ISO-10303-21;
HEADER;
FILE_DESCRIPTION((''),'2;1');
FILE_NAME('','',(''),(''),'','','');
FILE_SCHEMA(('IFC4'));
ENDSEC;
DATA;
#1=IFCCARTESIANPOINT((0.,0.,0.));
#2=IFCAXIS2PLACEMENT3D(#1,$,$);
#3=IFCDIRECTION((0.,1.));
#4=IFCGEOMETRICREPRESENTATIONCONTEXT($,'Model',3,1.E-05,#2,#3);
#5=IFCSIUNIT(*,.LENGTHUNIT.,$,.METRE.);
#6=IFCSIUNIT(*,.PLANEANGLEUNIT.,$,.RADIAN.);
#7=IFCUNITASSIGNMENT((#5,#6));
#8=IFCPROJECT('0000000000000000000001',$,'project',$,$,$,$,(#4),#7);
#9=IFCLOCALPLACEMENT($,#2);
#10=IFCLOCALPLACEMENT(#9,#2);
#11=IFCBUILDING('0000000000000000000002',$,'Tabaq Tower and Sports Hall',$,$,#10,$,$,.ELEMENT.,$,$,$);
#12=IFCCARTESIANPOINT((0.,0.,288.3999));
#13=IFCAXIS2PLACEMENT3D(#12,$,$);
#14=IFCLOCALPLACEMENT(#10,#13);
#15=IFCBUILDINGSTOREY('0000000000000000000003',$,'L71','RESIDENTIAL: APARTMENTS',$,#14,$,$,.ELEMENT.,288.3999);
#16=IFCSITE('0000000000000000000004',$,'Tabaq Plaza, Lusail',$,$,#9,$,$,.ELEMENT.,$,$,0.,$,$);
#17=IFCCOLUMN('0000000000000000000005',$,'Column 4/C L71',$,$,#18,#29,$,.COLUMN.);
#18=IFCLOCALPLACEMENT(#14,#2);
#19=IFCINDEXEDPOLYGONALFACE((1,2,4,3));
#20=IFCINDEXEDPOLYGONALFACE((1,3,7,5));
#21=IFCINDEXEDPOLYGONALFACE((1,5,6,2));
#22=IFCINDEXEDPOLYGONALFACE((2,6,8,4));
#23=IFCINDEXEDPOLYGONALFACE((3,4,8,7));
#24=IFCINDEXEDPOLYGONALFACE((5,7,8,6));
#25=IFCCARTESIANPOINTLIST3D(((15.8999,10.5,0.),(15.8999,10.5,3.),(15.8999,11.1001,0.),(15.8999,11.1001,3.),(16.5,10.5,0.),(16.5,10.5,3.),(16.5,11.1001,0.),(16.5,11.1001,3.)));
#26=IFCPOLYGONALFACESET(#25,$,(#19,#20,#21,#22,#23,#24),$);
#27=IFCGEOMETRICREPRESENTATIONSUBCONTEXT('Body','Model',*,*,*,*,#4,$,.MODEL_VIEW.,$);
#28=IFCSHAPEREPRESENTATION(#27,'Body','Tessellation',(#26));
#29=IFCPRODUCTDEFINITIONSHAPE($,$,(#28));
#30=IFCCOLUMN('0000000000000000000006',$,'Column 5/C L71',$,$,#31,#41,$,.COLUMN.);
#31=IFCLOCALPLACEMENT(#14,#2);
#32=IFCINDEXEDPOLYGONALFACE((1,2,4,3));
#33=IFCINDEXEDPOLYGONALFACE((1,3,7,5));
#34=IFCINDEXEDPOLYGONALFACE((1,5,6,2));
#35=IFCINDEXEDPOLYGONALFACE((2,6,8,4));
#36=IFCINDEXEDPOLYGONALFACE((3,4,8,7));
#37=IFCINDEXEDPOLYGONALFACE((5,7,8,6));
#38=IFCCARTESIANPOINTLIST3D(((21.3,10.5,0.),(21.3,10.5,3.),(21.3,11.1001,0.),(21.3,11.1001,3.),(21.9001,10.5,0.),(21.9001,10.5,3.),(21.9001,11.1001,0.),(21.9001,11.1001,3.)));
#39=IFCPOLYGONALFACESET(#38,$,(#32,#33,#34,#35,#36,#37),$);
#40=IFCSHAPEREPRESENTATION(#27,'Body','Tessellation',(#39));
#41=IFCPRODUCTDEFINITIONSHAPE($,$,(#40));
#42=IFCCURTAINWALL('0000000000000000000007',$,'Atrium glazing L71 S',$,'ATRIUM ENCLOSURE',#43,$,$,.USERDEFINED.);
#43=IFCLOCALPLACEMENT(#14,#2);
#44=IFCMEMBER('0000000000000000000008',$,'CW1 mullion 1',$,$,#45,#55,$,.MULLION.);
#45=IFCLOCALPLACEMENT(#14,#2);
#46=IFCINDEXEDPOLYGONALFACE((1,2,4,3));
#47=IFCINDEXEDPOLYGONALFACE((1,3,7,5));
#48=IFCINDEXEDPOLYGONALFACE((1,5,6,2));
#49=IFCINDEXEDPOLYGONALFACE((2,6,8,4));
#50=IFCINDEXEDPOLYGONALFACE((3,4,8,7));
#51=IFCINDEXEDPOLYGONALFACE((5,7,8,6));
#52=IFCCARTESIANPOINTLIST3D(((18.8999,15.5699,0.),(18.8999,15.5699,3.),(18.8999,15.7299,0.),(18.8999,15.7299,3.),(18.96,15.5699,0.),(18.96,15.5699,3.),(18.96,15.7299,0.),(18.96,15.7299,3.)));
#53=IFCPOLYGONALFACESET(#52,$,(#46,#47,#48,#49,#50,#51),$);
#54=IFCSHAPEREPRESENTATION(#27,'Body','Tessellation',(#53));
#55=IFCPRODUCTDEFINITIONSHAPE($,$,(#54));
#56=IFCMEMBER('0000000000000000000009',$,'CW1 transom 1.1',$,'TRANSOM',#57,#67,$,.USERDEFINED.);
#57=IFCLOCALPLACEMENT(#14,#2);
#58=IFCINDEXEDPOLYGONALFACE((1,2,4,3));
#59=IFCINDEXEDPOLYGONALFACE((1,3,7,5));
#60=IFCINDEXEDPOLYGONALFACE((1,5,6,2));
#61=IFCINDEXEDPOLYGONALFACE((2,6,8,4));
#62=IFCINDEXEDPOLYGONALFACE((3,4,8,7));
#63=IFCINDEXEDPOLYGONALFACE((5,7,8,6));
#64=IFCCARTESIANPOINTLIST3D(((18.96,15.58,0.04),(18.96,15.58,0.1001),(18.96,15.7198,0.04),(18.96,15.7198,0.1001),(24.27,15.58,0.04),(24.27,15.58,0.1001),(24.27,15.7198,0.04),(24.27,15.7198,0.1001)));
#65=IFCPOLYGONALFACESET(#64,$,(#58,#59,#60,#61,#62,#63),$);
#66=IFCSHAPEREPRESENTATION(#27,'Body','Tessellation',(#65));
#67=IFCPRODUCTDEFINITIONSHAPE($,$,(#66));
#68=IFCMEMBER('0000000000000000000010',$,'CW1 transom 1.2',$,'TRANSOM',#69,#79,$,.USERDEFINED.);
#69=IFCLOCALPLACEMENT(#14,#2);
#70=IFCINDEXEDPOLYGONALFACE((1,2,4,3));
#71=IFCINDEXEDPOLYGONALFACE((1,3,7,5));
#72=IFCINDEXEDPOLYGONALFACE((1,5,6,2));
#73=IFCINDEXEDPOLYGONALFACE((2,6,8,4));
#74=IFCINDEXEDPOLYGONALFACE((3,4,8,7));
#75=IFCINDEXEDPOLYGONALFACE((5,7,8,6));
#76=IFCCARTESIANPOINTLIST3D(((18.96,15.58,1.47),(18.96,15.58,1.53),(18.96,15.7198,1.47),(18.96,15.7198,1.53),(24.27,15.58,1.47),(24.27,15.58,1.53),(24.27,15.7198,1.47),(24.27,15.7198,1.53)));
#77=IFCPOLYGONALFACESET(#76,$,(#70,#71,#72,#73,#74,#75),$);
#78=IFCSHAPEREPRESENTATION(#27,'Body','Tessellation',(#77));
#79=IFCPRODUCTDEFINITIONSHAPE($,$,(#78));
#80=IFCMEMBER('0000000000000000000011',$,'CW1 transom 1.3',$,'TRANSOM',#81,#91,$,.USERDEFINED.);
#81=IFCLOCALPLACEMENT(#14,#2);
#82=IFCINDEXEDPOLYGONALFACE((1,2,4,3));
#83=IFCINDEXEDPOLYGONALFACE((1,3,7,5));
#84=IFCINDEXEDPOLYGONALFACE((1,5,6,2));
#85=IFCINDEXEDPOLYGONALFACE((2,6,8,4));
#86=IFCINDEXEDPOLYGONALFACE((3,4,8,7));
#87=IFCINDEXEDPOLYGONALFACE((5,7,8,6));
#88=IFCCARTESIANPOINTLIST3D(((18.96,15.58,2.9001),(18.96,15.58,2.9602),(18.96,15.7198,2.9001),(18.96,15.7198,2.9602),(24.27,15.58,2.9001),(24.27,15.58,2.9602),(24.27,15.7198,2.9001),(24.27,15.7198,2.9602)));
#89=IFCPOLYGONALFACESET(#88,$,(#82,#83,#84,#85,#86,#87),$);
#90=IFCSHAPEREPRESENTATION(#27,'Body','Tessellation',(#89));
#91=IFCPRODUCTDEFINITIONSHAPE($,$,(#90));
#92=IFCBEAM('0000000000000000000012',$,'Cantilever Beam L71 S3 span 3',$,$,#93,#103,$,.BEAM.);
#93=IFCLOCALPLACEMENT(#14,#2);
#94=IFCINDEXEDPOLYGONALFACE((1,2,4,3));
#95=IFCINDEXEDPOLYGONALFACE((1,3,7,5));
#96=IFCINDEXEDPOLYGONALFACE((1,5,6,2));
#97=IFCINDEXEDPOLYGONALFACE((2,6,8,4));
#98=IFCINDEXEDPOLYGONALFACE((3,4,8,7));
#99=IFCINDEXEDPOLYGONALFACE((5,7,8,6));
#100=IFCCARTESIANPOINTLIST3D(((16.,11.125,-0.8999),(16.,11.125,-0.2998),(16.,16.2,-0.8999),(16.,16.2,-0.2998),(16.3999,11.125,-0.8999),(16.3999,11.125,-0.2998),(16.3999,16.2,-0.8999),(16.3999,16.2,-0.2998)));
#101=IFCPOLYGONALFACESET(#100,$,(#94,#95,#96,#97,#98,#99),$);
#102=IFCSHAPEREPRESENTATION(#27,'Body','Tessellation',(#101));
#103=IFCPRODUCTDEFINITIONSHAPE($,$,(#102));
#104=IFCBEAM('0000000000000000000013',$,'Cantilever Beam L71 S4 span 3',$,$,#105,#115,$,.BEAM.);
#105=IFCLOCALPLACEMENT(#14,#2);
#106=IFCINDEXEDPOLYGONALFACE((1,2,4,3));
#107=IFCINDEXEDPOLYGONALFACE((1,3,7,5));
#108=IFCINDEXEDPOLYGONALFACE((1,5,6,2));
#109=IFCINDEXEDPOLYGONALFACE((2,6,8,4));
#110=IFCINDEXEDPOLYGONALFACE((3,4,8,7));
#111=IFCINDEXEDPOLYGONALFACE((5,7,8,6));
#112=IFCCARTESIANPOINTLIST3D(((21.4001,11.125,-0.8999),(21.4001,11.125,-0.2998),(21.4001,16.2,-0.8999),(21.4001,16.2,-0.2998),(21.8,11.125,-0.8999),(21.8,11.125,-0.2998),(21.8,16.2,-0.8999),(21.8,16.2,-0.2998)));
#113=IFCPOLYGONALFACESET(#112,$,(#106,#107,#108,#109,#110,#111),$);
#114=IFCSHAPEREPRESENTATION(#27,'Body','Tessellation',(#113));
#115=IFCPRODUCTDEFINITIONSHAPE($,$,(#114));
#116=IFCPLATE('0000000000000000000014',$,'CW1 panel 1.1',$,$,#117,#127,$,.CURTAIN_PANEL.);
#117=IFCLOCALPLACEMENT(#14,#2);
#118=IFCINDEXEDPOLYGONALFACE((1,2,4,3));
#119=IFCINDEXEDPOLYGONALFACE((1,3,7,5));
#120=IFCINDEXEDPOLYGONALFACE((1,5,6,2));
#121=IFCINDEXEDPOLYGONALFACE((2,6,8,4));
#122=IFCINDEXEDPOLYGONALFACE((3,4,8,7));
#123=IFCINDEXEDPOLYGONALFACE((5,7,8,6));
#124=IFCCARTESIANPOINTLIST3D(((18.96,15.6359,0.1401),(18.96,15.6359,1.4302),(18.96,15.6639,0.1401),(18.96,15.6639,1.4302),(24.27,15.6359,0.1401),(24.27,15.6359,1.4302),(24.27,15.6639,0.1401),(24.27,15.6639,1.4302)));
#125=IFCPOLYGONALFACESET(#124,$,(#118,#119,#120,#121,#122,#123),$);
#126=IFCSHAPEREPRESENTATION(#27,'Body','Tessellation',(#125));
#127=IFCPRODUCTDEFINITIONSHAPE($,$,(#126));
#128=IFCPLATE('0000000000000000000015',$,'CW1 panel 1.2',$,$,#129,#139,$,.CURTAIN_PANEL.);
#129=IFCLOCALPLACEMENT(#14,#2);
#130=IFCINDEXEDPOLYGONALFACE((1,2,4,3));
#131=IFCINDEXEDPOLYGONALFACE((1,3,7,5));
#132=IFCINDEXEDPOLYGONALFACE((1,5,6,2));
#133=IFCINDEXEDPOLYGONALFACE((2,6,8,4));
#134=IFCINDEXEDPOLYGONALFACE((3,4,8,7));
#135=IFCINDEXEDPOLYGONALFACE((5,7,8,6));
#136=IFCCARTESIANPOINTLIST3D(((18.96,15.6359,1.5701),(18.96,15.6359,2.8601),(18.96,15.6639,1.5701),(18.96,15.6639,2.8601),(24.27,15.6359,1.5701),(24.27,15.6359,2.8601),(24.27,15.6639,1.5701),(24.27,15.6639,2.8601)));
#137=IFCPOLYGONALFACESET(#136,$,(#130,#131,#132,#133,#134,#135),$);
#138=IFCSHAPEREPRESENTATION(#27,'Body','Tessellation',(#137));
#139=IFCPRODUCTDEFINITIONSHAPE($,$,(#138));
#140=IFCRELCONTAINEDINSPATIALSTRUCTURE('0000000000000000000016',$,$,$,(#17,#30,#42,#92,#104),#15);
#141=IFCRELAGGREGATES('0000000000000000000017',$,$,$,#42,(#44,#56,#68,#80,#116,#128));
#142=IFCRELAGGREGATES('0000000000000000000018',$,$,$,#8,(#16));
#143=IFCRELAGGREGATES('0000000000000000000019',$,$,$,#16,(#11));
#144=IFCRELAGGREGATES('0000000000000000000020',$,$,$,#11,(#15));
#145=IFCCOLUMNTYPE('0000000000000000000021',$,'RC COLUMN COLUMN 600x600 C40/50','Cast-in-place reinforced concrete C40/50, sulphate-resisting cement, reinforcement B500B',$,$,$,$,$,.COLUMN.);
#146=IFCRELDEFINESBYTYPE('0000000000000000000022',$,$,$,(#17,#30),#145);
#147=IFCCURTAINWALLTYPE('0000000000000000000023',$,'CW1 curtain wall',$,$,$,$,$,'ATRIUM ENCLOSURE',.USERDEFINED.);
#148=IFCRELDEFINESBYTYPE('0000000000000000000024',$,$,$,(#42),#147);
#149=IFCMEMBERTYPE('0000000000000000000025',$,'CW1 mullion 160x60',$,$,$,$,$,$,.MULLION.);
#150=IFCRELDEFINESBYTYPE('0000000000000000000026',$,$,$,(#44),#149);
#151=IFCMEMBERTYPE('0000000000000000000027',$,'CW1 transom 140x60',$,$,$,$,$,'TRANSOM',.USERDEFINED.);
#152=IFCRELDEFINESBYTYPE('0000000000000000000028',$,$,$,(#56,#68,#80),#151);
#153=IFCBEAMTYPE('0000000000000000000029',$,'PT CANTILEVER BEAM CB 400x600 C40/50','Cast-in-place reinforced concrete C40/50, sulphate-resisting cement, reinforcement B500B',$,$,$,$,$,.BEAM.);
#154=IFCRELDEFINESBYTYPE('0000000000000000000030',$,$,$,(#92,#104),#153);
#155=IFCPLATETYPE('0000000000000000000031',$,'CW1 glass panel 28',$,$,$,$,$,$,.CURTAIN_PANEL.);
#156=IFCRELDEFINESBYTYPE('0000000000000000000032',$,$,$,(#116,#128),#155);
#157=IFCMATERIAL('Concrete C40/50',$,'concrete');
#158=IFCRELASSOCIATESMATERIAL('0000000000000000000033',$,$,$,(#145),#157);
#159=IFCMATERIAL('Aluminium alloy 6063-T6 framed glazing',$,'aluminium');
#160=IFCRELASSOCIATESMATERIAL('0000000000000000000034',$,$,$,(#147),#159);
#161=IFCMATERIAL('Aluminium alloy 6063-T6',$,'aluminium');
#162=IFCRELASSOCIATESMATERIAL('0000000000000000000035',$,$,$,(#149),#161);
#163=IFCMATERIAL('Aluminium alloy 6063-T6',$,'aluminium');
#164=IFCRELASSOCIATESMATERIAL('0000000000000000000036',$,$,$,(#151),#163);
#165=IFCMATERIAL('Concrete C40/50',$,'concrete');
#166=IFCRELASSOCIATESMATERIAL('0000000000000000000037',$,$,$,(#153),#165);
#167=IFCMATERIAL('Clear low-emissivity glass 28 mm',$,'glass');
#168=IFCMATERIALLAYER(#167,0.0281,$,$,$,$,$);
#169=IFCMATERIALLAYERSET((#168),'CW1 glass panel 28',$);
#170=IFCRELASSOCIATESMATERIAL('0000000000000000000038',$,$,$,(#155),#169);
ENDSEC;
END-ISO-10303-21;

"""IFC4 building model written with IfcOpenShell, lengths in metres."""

from ifc_helpers import new_model, si_unit, direction, frame, origin, origin_2d, place, context, subcontext, project, spatial, rectangle, extrude, material, layer, layer_set, material_profile, profile_set, type_object, element, aggregate, save


model = new_model("IFC4")

# Units and contexts
model_context = context("Model", 3, precision=1e-05, world=origin(), true_north=direction((0.0, 1.0)))
body_context = subcontext(model_context, "Body", "Model", "MODEL_VIEW")
ifc_project = project(units=[si_unit("LENGTHUNIT", "METRE"), si_unit("PLANEANGLEUNIT", "RADIAN")], contexts=[model_context])

# Site, building, storey
site_placement = place(None, origin())
site = spatial("IfcSite", under=ifc_project, at=site_placement, Name="Tabaq Plaza, Lusail", CompositionType="ELEMENT", RefElevation=0.0)
building_placement = place(site_placement, origin())
building = spatial("IfcBuilding", under=site, at=building_placement, Name="Tabaq Tower and Sports Hall", CompositionType="ELEMENT")
storey_placement = place(building_placement, frame((0.0, 0.0, 288.3999)))
storey = spatial("IfcBuildingStorey", under=building, at=storey_placement, Name="L71", Description="RESIDENTIAL: APARTMENTS", CompositionType="ELEMENT", Elevation=288.3999)

# Columns
ifc_material_1 = material(Name="Concrete C40/50", Category="concrete")
ifc_material_profile_1 = material_profile(ifc_material_1, rectangle(XDim=0.6001, YDim=0.6001, at=origin_2d()), Name="COLUMN 600x600")
ifc_profile_set_1 = profile_set([ifc_material_profile_1], Name="Concrete C40/50")
column_type = type_object("IfcColumnType", Name="RC COLUMN COLUMN 600x600 C40/50", Description="Cast-in-place reinforced concrete C40/50, sulphate-resisting cement, reinforcement B500B", PredefinedType="COLUMN", material=ifc_profile_set_1)
for number, where, z_axis, x_axis, name in (
    (1, (16.2, 10.8, 0.0), (0.0, 0.0, 1.0), (1.0, 0.0, 0.0), "Column 4/C L71"),
    (2, (21.6001, 10.8, 0.0), (0.0, 0.0, 1.0), (1.0, 0.0, 0.0), "Column 5/C L71"),
):
    element("IfcColumn", number, at=place(storey_placement, frame(where, z_axis=z_axis, x_axis=x_axis)), inside=storey, type_object=column_type, Name=name, PredefinedType="COLUMN", context=body_context, shape_type="SweptSolid", body=[
        extrude(rectangle(XDim=0.6001, YDim=0.6001, at=origin_2d()), origin(), (0.0, 0.0, 1.0), 3.0),
    ])

# Curtain wall, members
ifc_material_2 = material(Name="Aluminium alloy 6063-T6 framed glazing", Category="aluminium")
curtain_wall_type = type_object("IfcCurtainWallType", Name="CW1 curtain wall", ElementType="ATRIUM ENCLOSURE", PredefinedType="USERDEFINED", material=ifc_material_2)
curtain_wall_placement = place(storey_placement, origin())
curtain_wall = element("IfcCurtainWall", 3, at=curtain_wall_placement, inside=storey, type_object=curtain_wall_type, Name="Atrium glazing L71 S", ObjectType="ATRIUM ENCLOSURE", PredefinedType="USERDEFINED")
ifc_material_3 = material(Name="Aluminium alloy 6063-T6", Category="aluminium")
ifc_material_profile_2 = material_profile(ifc_material_3, rectangle(XDim=0.1599, YDim=0.0601, at=origin_2d()), Name="MULLION 160x60")
ifc_profile_set_2 = profile_set([ifc_material_profile_2], Name="Aluminium alloy 6063-T6")
member_type_1 = type_object("IfcMemberType", Name="CW1 mullion 160x60", PredefinedType="MULLION", material=ifc_profile_set_2)
member_1_placement = place(storey_placement, frame((18.9299, 15.6499, 0.0), z_axis=(0.0, 0.0, 1.0), x_axis=(0.0, 1.0, 0.0)))
member_1 = element("IfcMember", 4, at=member_1_placement, type_object=member_type_1, Name="CW1 mullion 1", PredefinedType="MULLION", context=body_context, shape_type="SweptSolid", body=[
    extrude(rectangle(XDim=0.1599, YDim=0.0601, at=origin_2d()), origin(), (0.0, 0.0, 1.0), 3.0),
])
ifc_material_4 = material(Name="Aluminium alloy 6063-T6", Category="aluminium")
ifc_material_profile_3 = material_profile(ifc_material_4, rectangle(XDim=0.1399, YDim=0.0601, at=origin_2d()), Name="TRANSOM 140x60")
ifc_profile_set_3 = profile_set([ifc_material_profile_3], Name="Aluminium alloy 6063-T6")
member_type_2 = type_object("IfcMemberType", Name="CW1 transom 140x60", ElementType="TRANSOM", PredefinedType="USERDEFINED", material=ifc_profile_set_3)
member_2_placement = place(storey_placement, frame((18.96, 15.6499, 0.0701), z_axis=(1.0, 0.0, 0.0), x_axis=(0.0, 1.0, 0.0)))
member_2 = element("IfcMember", 5, at=member_2_placement, type_object=member_type_2, Name="CW1 transom 1.1", ObjectType="TRANSOM", PredefinedType="USERDEFINED", context=body_context, shape_type="SweptSolid", body=[
    extrude(rectangle(XDim=0.1399, YDim=0.0601, at=origin_2d()), origin(), (0.0, 0.0, 1.0), 5.3101),
])
member_3_placement = place(storey_placement, frame((18.96, 15.6499, 1.5), z_axis=(1.0, 0.0, 0.0), x_axis=(0.0, 1.0, 0.0)))
member_3 = element("IfcMember", 6, at=member_3_placement, type_object=member_type_2, Name="CW1 transom 1.2", ObjectType="TRANSOM", PredefinedType="USERDEFINED", context=body_context, shape_type="SweptSolid", body=[
    extrude(rectangle(XDim=0.1399, YDim=0.0601, at=origin_2d()), origin(), (0.0, 0.0, 1.0), 5.3101),
])
member_4_placement = place(storey_placement, frame((18.96, 15.6499, 2.9302), z_axis=(1.0, 0.0, 0.0), x_axis=(0.0, 1.0, 0.0)))
member_4 = element("IfcMember", 7, at=member_4_placement, type_object=member_type_2, Name="CW1 transom 1.3", ObjectType="TRANSOM", PredefinedType="USERDEFINED", context=body_context, shape_type="SweptSolid", body=[
    extrude(rectangle(XDim=0.1399, YDim=0.0601, at=origin_2d()), origin(), (0.0, 0.0, 1.0), 5.3101),
])

# Beams
ifc_material_5 = material(Name="Concrete C40/50", Category="concrete")
ifc_material_profile_4 = material_profile(ifc_material_5, rectangle(XDim=0.3999, YDim=0.6001, at=origin_2d()), Name="CB 400x600")
ifc_profile_set_4 = profile_set([ifc_material_profile_4], Name="Concrete C40/50")
beam_type = type_object("IfcBeamType", Name="PT CANTILEVER BEAM CB 400x600 C40/50", Description="Cast-in-place reinforced concrete C40/50, sulphate-resisting cement, reinforcement B500B", PredefinedType="BEAM", material=ifc_profile_set_4)
for number, where, z_axis, x_axis, name in (
    (8, (16.2, 11.125, -0.5999), (0.0, 1.0, 0.0), (-1.0, 0.0, 0.0), "Cantilever Beam L71 S3 span 3"),
    (9, (21.6001, 11.125, -0.5999), (0.0, 1.0, 0.0), (-1.0, 0.0, 0.0), "Cantilever Beam L71 S4 span 3"),
):
    element("IfcBeam", number, at=place(storey_placement, frame(where, z_axis=z_axis, x_axis=x_axis)), inside=storey, type_object=beam_type, Name=name, PredefinedType="BEAM", context=body_context, shape_type="SweptSolid", body=[
        extrude(rectangle(XDim=0.3999, YDim=0.6001, at=origin_2d()), origin(), (0.0, 0.0, 1.0), 5.075),
    ])

# Plates
ifc_material_6 = material(Name="Clear low-emissivity glass 28 mm", Category="glass")
ifc_layer_1 = layer(ifc_material_6, 0.0281)
ifc_layer_set_1 = layer_set([ifc_layer_1], Name="CW1 glass panel 28")
plate_type = type_object("IfcPlateType", Name="CW1 glass panel 28", PredefinedType="CURTAIN_PANEL", material=ifc_layer_set_1)
plate_1_placement = place(storey_placement, frame((21.615, 15.6499, 0.1401), z_axis=(0.0, 0.0, 1.0), x_axis=(1.0, 0.0, 0.0)))
plate_1 = element("IfcPlate", 10, at=plate_1_placement, type_object=plate_type, Name="CW1 panel 1.1", PredefinedType="CURTAIN_PANEL", context=body_context, shape_type="SweptSolid", body=[
    extrude(rectangle(XDim=5.3101, YDim=0.0281, at=origin_2d()), origin(), (0.0, 0.0, 1.0), 1.29),
])
plate_2_placement = place(storey_placement, frame((21.615, 15.6499, 1.5701), z_axis=(0.0, 0.0, 1.0), x_axis=(1.0, 0.0, 0.0)))
plate_2 = element("IfcPlate", 11, at=plate_2_placement, type_object=plate_type, Name="CW1 panel 1.2", PredefinedType="CURTAIN_PANEL", context=body_context, shape_type="SweptSolid", body=[
    extrude(rectangle(XDim=5.3101, YDim=0.0281, at=origin_2d()), origin(), (0.0, 0.0, 1.0), 1.29),
])
aggregate(curtain_wall, [member_1, member_2, member_3, member_4, plate_1, plate_2])

save(model, "model.ifc")
